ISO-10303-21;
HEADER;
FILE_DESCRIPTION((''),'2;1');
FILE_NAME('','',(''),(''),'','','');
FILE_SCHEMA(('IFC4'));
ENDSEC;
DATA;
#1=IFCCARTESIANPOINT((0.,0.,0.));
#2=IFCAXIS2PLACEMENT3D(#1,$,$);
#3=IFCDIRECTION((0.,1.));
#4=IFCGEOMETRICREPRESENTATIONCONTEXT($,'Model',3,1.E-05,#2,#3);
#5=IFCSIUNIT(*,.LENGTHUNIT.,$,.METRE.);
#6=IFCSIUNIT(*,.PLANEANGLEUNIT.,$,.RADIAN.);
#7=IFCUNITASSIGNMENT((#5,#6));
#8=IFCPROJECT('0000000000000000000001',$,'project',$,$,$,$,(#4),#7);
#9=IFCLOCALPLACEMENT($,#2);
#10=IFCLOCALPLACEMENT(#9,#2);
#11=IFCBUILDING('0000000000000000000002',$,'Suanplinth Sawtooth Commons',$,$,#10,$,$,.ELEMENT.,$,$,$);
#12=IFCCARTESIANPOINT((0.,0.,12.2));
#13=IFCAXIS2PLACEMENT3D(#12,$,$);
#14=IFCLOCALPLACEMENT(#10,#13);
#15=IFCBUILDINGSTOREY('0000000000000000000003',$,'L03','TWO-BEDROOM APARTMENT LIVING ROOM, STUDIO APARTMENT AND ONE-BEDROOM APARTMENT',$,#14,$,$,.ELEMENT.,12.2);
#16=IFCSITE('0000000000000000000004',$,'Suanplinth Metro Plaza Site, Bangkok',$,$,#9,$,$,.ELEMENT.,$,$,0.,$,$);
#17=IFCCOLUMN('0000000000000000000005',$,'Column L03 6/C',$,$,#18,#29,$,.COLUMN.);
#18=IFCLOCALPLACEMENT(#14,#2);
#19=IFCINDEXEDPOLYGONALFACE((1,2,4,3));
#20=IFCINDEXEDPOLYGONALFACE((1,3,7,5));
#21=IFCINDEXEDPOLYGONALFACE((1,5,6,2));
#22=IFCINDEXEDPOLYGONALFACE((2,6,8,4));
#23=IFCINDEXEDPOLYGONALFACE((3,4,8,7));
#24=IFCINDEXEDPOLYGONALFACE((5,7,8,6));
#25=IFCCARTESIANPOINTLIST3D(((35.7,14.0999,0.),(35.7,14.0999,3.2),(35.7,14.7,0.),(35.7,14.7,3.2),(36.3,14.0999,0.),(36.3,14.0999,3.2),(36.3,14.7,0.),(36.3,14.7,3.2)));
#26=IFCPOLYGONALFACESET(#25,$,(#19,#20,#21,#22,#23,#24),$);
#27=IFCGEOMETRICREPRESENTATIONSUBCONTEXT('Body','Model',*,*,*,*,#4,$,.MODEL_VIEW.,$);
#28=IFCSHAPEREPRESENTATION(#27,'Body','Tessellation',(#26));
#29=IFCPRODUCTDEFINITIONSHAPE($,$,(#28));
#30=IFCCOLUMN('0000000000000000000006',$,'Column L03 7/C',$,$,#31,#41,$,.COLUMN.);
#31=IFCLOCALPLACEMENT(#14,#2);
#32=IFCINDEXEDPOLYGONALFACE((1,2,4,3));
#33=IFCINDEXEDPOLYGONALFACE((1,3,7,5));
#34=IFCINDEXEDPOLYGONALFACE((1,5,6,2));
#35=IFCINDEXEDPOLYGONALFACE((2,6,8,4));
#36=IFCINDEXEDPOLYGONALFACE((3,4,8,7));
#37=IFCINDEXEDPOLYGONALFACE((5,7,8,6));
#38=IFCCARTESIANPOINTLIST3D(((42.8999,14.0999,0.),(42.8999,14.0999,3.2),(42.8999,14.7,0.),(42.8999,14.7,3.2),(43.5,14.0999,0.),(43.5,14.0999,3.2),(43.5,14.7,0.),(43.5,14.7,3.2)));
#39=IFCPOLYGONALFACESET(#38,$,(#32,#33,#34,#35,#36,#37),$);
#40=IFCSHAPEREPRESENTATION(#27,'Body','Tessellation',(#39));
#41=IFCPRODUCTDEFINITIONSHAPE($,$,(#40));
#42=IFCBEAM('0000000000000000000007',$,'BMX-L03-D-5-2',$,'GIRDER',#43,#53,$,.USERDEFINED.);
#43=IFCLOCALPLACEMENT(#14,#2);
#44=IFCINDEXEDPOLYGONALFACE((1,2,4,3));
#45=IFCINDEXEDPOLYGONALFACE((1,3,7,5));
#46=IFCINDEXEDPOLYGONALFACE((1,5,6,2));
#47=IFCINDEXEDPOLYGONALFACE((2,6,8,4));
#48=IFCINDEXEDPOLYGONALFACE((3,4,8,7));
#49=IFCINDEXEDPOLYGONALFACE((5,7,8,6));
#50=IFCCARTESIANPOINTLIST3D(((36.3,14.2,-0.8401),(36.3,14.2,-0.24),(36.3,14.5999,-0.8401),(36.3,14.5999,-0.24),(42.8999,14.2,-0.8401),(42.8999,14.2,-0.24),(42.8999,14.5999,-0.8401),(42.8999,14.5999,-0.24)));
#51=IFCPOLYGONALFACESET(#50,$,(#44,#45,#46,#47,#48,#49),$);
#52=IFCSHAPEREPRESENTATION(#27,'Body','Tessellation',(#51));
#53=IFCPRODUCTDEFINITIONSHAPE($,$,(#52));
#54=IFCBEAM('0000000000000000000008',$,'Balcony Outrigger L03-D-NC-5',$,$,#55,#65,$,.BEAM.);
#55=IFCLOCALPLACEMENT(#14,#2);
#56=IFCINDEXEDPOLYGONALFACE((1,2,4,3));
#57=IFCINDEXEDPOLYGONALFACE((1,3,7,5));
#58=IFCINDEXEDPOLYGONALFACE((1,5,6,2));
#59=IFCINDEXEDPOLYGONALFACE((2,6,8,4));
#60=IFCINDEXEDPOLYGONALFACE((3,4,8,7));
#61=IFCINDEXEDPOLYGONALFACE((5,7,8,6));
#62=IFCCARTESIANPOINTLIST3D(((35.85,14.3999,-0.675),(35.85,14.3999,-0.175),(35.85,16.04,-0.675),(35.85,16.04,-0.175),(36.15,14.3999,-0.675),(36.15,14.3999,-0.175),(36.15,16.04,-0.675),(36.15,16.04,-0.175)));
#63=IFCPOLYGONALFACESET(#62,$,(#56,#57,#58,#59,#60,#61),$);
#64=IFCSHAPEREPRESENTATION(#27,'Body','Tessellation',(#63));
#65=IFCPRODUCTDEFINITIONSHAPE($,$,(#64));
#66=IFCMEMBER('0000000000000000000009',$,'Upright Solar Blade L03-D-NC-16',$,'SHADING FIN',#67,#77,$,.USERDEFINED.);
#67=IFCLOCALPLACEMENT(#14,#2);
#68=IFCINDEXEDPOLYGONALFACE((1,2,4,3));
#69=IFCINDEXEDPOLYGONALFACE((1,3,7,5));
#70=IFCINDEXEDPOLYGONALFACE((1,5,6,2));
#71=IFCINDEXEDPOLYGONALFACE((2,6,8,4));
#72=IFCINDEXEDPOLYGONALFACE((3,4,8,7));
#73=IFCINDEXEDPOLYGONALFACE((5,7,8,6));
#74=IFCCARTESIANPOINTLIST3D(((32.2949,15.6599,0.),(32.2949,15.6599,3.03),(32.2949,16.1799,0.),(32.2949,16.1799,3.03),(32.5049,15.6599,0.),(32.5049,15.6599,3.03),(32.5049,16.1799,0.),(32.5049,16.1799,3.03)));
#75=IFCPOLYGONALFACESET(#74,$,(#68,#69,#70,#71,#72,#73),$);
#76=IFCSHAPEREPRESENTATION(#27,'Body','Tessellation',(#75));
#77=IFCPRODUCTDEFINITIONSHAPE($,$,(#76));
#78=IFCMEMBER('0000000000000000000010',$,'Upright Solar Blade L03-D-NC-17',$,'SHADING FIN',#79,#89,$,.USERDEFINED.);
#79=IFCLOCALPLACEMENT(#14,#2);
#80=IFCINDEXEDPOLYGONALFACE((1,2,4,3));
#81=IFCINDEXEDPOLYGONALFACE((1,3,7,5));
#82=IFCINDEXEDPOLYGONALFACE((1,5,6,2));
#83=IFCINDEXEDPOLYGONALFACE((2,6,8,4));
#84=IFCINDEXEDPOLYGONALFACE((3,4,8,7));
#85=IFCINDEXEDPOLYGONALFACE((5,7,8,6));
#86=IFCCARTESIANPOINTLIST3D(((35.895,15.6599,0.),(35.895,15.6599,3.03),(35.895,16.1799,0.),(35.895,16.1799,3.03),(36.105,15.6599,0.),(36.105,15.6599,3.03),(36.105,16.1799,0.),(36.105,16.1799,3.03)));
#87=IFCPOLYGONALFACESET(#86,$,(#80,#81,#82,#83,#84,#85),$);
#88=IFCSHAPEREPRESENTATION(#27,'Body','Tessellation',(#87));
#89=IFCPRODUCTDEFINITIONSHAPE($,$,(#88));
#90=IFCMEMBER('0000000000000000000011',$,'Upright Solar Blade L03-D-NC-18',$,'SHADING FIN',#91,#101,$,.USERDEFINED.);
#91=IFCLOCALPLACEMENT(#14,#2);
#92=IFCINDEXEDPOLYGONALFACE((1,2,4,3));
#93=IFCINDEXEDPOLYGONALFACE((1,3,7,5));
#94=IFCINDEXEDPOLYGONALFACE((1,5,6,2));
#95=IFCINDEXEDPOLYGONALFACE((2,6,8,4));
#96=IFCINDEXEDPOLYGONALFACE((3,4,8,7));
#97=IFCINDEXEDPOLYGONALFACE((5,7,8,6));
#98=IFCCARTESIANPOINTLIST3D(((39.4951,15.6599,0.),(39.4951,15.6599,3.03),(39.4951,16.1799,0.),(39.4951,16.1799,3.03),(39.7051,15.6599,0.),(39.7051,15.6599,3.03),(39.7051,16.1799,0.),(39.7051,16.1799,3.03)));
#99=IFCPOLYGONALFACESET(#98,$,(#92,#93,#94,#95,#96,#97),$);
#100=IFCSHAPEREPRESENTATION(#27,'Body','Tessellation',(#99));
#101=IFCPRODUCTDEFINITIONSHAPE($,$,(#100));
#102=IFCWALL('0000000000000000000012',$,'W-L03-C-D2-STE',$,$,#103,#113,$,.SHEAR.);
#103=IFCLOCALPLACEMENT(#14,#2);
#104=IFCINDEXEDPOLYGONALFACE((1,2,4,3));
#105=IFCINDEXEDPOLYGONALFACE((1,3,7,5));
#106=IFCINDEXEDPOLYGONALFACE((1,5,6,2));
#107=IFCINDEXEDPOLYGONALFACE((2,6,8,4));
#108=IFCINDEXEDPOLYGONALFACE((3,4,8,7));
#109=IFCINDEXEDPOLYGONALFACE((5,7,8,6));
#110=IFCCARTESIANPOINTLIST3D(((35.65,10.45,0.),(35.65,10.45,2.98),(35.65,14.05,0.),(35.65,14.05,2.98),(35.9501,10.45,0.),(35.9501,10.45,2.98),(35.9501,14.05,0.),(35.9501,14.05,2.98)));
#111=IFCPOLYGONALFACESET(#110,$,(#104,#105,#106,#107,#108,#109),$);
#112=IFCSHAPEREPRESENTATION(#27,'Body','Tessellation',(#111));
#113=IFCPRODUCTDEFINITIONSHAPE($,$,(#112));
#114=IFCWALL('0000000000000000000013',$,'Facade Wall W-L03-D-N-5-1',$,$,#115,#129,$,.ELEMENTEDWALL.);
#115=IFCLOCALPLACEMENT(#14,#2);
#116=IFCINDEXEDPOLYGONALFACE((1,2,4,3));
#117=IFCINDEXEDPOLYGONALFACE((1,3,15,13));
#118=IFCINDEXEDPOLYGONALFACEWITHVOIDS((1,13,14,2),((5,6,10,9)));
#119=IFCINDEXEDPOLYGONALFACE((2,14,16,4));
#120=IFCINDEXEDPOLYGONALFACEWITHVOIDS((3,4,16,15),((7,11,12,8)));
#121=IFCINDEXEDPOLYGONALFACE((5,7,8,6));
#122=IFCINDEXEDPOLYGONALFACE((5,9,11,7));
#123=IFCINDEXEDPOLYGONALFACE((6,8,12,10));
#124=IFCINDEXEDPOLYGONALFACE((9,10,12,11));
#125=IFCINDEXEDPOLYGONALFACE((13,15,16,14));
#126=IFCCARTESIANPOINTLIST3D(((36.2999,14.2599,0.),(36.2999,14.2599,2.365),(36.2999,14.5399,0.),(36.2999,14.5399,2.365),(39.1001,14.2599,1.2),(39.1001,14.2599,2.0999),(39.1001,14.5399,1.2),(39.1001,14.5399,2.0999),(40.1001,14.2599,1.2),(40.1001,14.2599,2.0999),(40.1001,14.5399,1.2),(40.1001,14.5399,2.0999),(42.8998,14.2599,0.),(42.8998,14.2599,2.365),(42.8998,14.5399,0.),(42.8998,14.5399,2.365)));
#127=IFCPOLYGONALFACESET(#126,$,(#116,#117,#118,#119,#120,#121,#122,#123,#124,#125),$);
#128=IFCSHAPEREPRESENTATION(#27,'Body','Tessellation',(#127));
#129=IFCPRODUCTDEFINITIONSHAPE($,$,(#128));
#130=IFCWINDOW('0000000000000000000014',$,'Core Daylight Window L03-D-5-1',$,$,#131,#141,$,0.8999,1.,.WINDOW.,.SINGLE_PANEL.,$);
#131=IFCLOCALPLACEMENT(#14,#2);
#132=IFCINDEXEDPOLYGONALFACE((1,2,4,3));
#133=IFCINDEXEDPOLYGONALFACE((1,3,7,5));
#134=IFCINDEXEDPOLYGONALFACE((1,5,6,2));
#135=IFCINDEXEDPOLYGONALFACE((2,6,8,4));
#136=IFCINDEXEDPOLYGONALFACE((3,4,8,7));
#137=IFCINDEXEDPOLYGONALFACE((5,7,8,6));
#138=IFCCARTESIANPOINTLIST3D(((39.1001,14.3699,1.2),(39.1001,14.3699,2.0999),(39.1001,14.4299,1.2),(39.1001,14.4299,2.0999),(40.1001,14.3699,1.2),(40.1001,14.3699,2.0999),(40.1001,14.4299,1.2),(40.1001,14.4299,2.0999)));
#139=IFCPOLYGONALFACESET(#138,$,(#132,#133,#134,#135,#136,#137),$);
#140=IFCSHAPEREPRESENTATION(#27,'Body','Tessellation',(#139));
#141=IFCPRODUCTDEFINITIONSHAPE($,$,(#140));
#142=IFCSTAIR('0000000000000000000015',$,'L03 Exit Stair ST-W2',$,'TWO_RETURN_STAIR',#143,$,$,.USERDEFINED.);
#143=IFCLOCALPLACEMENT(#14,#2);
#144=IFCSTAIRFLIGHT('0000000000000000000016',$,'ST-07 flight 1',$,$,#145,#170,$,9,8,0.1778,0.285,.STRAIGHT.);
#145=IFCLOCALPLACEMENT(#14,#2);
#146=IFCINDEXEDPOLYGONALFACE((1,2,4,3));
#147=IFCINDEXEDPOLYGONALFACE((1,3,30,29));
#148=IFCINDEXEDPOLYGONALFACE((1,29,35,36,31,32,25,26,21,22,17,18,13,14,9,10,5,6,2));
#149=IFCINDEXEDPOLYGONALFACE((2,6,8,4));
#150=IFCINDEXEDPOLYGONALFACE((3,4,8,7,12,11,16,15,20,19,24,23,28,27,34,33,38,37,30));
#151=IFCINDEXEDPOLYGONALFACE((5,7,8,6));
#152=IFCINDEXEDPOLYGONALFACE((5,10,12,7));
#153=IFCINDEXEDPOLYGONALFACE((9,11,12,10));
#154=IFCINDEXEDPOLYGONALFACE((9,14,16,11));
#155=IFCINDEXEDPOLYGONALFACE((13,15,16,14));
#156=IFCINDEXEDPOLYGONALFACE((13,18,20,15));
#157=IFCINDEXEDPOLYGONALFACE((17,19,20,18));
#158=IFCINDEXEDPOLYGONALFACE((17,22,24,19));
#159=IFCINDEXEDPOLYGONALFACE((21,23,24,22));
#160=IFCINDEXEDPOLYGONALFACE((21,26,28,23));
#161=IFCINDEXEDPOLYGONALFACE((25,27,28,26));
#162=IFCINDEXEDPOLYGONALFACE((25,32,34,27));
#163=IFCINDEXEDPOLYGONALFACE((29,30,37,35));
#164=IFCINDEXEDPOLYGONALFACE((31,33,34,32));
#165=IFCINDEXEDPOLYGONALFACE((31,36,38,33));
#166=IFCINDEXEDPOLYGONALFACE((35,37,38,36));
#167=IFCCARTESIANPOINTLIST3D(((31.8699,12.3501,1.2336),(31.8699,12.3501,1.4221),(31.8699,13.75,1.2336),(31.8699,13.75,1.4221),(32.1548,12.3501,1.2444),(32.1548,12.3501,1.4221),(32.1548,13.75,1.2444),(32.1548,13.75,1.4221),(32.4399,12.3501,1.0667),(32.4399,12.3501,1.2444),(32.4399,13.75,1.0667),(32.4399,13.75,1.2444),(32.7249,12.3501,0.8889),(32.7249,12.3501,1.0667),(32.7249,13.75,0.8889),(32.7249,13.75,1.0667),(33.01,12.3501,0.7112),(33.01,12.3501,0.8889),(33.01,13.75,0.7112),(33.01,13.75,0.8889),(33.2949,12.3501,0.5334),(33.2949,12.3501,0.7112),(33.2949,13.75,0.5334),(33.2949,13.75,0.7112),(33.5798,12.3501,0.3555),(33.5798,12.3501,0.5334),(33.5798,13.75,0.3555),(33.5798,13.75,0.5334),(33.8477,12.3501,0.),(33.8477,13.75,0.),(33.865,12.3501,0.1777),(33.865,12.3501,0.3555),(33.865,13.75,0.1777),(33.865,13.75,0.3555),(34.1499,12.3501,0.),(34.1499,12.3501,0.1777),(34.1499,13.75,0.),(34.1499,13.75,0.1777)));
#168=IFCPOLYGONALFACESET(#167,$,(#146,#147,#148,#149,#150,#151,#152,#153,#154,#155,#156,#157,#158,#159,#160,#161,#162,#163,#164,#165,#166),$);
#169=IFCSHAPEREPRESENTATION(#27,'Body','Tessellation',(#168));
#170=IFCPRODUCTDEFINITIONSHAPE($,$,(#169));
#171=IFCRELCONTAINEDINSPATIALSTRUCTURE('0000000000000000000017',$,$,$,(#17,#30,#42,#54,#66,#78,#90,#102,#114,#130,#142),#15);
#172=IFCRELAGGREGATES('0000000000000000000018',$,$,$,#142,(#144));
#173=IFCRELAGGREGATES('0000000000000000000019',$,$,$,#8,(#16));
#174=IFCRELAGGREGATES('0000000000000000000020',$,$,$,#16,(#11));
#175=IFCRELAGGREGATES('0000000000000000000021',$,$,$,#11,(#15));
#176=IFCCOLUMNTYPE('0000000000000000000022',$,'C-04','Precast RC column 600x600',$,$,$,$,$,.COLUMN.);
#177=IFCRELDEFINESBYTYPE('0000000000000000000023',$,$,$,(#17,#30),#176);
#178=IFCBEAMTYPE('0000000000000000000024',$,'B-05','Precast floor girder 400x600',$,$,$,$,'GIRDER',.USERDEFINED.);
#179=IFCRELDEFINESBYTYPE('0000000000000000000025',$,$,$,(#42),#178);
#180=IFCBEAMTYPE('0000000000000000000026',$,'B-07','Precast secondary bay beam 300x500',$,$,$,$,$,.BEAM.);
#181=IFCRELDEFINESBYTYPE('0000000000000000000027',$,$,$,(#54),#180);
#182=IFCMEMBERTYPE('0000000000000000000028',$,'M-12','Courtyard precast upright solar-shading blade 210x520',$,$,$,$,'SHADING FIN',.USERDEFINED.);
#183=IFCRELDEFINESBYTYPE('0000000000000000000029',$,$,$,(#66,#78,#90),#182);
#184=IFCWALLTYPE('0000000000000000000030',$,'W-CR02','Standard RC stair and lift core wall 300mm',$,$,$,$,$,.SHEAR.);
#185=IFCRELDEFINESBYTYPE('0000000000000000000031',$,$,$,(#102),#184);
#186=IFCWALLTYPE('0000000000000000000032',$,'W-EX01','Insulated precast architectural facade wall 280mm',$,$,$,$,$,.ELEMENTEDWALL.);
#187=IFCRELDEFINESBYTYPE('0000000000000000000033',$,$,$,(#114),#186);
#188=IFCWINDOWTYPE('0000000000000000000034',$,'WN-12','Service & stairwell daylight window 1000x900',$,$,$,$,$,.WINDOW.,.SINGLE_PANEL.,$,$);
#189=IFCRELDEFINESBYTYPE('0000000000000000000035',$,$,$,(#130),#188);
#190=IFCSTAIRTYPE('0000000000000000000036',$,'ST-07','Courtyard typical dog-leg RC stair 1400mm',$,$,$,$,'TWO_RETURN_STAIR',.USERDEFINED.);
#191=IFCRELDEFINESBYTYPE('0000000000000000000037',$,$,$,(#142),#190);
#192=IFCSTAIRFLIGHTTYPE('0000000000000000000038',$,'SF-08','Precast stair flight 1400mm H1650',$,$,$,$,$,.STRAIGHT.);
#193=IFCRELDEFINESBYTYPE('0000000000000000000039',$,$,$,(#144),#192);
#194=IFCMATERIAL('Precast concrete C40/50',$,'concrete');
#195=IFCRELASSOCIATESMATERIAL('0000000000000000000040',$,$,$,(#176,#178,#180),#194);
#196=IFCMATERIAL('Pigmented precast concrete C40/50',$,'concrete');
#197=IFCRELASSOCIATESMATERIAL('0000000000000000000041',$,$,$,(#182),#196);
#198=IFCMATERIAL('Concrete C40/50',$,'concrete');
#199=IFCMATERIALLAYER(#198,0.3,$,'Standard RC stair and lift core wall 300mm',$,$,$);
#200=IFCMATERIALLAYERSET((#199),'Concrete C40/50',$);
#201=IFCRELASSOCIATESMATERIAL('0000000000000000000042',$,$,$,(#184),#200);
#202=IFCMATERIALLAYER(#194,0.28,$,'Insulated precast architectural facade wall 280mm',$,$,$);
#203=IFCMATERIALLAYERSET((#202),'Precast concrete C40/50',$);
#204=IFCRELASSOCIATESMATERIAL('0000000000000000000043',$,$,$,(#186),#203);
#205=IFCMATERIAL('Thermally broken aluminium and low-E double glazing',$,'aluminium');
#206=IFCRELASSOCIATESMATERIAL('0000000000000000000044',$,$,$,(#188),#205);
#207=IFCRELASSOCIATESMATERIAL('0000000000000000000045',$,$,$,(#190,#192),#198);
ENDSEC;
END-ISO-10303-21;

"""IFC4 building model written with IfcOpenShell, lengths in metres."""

from ifc_helpers import new_model, si_unit, direction, frame, frame_2d, origin, origin_2d, place, context, subcontext, project, spatial, polyline, rectangle, outline, extrude, material, layer, layer_set, material_profile, profile_set, type_object, element, fill, aggregate, save


model = new_model("IFC4")

# Units and contexts
model_context = context("Model", 3, precision=1e-05, world=origin(), true_north=direction((0.0, 1.0)))
body_context = subcontext(model_context, "Body", "Model", "MODEL_VIEW")
ifc_project = project(units=[si_unit("LENGTHUNIT", "METRE"), si_unit("PLANEANGLEUNIT", "RADIAN")], contexts=[model_context])

# Site, building, storey
site_placement = place(None, origin())
site = spatial("IfcSite", under=ifc_project, at=site_placement, Name="Suanplinth Metro Plaza Site, Bangkok", CompositionType="ELEMENT", RefElevation=0.0)
building_placement = place(site_placement, origin())
building = spatial("IfcBuilding", under=site, at=building_placement, Name="Suanplinth Sawtooth Commons", CompositionType="ELEMENT")
storey_placement = place(building_placement, frame((0.0, 0.0, 12.2)))
storey = spatial("IfcBuildingStorey", under=building, at=storey_placement, Name="L03", Description="TWO-BEDROOM APARTMENT LIVING ROOM, STUDIO APARTMENT AND ONE-BEDROOM APARTMENT", CompositionType="ELEMENT", Elevation=12.2)

# Columns
ifc_material_1 = material(Name="Precast concrete C40/50", Category="concrete")
ifc_material_profile_1 = material_profile(ifc_material_1, rectangle(XDim=0.6001, YDim=0.6001, at=origin_2d()), Name="PC-COL 600x600")
ifc_profile_set_1 = profile_set([ifc_material_profile_1], Name="Precast concrete C40/50")
column_type = type_object("IfcColumnType", Name="C-04", Description="Precast RC column 600x600", PredefinedType="COLUMN", material=ifc_profile_set_1)
for number, where, z_axis, x_axis, name in (
    (1, (36.0, 14.3999, 0.0), (0.0, 0.0, 1.0), (1.0, 0.0, 0.0), "Column L03 6/C"),
    (2, (43.2, 14.3999, 0.0), (0.0, 0.0, 1.0), (1.0, 0.0, 0.0), "Column L03 7/C"),
):
    element("IfcColumn", number, at=place(storey_placement, frame(where, z_axis=z_axis, x_axis=x_axis)), inside=storey, type_object=column_type, Name=name, PredefinedType="COLUMN", context=body_context, shape_type="SweptSolid", body=[
        extrude(rectangle(XDim=0.6001, YDim=0.6001, at=origin_2d()), origin(), (0.0, 0.0, 1.0), 3.2),
    ])

# Beams
ifc_material_profile_2 = material_profile(ifc_material_1, rectangle(XDim=0.3999, YDim=0.6001, at=origin_2d()), Name="PC-GDR 400x600")
ifc_profile_set_2 = profile_set([ifc_material_profile_2], Name="Precast concrete C40/50")
beam_type_1 = type_object("IfcBeamType", Name="B-05", Description="Precast floor girder 400x600", ElementType="GIRDER", PredefinedType="USERDEFINED", material=ifc_profile_set_2)
beam_1_placement = place(storey_placement, frame((36.3, 14.3999, -0.54), z_axis=(1.0, 0.0, 0.0), x_axis=(0.0, 1.0, 0.0)))
element("IfcBeam", 3, at=beam_1_placement, inside=storey, type_object=beam_type_1, Name="BMX-L03-D-5-2", ObjectType="GIRDER", PredefinedType="USERDEFINED", context=body_context, shape_type="SweptSolid", body=[
    extrude(rectangle(XDim=0.3999, YDim=0.6001, at=origin_2d()), origin(), (0.0, 0.0, 1.0), 6.5999),
])
ifc_material_profile_3 = material_profile(ifc_material_1, rectangle(XDim=0.3, YDim=0.5, at=origin_2d()), Name="PC-BM 300x500")
ifc_profile_set_3 = profile_set([ifc_material_profile_3], Name="Precast concrete C40/50")
beam_type_2 = type_object("IfcBeamType", Name="B-07", Description="Precast secondary bay beam 300x500", PredefinedType="BEAM", material=ifc_profile_set_3)
beam_2_placement = place(storey_placement, frame((36.0, 14.3999, -0.425), z_axis=(0.0, 1.0, 0.0), x_axis=(-1.0, 0.0, 0.0)))
element("IfcBeam", 4, at=beam_2_placement, inside=storey, type_object=beam_type_2, Name="Balcony Outrigger L03-D-NC-5", PredefinedType="BEAM", context=body_context, shape_type="SweptSolid", body=[
    extrude(rectangle(XDim=0.3, YDim=0.5, at=origin_2d()), origin(), (0.0, 0.0, 1.0), 1.6401),
])

# Members
ifc_material_2 = material(Name="Pigmented precast concrete C40/50", Category="concrete")
ifc_material_profile_4 = material_profile(ifc_material_2, rectangle(XDim=0.21, YDim=0.52, at=origin_2d()), Name="PC-FIN 210x520")
ifc_profile_set_4 = profile_set([ifc_material_profile_4], Name="Pigmented precast concrete C40/50")
member_type = type_object("IfcMemberType", Name="M-12", Description="Courtyard precast upright solar-shading blade 210x520", ElementType="SHADING FIN", PredefinedType="USERDEFINED", material=ifc_profile_set_4)
for number, where, z_axis, x_axis, name in (
    (5, (32.3999, 15.9199, 0.0), (0.0, 0.0, 1.0), (1.0, 0.0, 0.0), "Upright Solar Blade L03-D-NC-16"),
    (6, (36.0, 15.9199, 0.0), (0.0, 0.0, 1.0), (1.0, 0.0, 0.0), "Upright Solar Blade L03-D-NC-17"),
    (7, (39.6001, 15.9199, 0.0), (0.0, 0.0, 1.0), (1.0, 0.0, 0.0), "Upright Solar Blade L03-D-NC-18"),
):
    element("IfcMember", number, at=place(storey_placement, frame(where, z_axis=z_axis, x_axis=x_axis)), inside=storey, type_object=member_type, Name=name, ObjectType="SHADING FIN", PredefinedType="USERDEFINED", context=body_context, shape_type="SweptSolid", body=[
        extrude(rectangle(XDim=0.21, YDim=0.52, at=origin_2d()), origin(), (0.0, 0.0, 1.0), 3.03),
    ])

# Wall
ifc_material_3 = material(Name="Concrete C40/50", Category="concrete")
ifc_layer_1 = layer(ifc_material_3, 0.3, Name="Standard RC stair and lift core wall 300mm")
ifc_layer_set_1 = layer_set([ifc_layer_1], Name="Concrete C40/50")
wall_type_1 = type_object("IfcWallType", Name="W-CR02", Description="Standard RC stair and lift core wall 300mm", PredefinedType="SHEAR", material=ifc_layer_set_1)
wall_1_placement = place(storey_placement, frame((35.8, 10.45, 0.0), z_axis=(0.0, 0.0, 1.0), x_axis=(0.0, 1.0, 0.0)))
element("IfcWall", 8, at=wall_1_placement, inside=storey, type_object=wall_type_1, Name="W-L03-C-D2-STE", PredefinedType="SHEAR", context=body_context, shape_type="SweptSolid", body=[
    extrude(rectangle(XDim=3.6001, YDim=0.3, at=frame_2d((1.8, 0.0))), origin(), (0.0, 0.0, 1.0), 2.98),
])

# Wall, opening, window
ifc_layer_2 = layer(ifc_material_1, 0.28, Name="Insulated precast architectural facade wall 280mm")
ifc_layer_set_2 = layer_set([ifc_layer_2], Name="Precast concrete C40/50")
wall_type_2 = type_object("IfcWallType", Name="W-EX01", Description="Insulated precast architectural facade wall 280mm", PredefinedType="ELEMENTEDWALL", material=ifc_layer_set_2)
wall_2_placement = place(storey_placement, frame((36.3, 14.3999, 0.0), z_axis=(0.0, 0.0, 1.0), x_axis=(1.0, 0.0, 0.0)))
wall_2 = element("IfcWall", 9, at=wall_2_placement, inside=storey, type_object=wall_type_2, Name="Facade Wall W-L03-D-N-5-1", PredefinedType="ELEMENTEDWALL", context=body_context, shape_type="SweptSolid", body=[
    extrude(rectangle(XDim=6.5999, YDim=0.28, at=frame_2d((3.2998, 0.0))), origin(), (0.0, 0.0, 1.0), 2.365),
])
opening_placement = place(wall_2_placement, frame((2.8, 0.0, 1.2)))
opening = element("IfcOpeningElement", 10, at=opening_placement, cuts=wall_2, PredefinedType="OPENING", context=body_context, shape_type="SweptSolid", body=[
    extrude(rectangle(XDim=1.0, YDim=0.8999, at=frame_2d((0.5, 0.45))), frame((0.0, 0.1548, 0.0), z_axis=(0.0, -1.0, 0.0), x_axis=(1.0, 0.0, 0.0)), (0.0, 0.0, 1.0), 0.3098),
])
ifc_material_4 = material(Name="Thermally broken aluminium and low-E double glazing", Category="aluminium")
window_type = type_object("IfcWindowType", Name="WN-12", Description="Service & stairwell daylight window 1000x900", PartitioningType="SINGLE_PANEL", PredefinedType="WINDOW", material=ifc_material_4)
window_placement = place(opening_placement, origin())
window = element("IfcWindow", 11, at=window_placement, inside=storey, type_object=window_type, Name="Core Daylight Window L03-D-5-1", OverallHeight=0.8999, OverallWidth=1.0, PartitioningType="SINGLE_PANEL", PredefinedType="WINDOW", context=body_context, shape_type="SweptSolid", body=[
    extrude(rectangle(XDim=1.0, YDim=0.8999, at=frame_2d((0.5, 0.45))), frame((0.0, 0.03, 0.0), z_axis=(0.0, -1.0, 0.0), x_axis=(1.0, 0.0, 0.0)), (0.0, 0.0, 1.0), 0.0601),
])
fill(opening, window)

# Stair, stair flight
stair_type = type_object("IfcStairType", Name="ST-07", Description="Courtyard typical dog-leg RC stair 1400mm", ElementType="TWO_RETURN_STAIR", PredefinedType="USERDEFINED", material=ifc_material_3)
stair_placement = place(storey_placement, origin())
stair = element("IfcStair", 12, at=stair_placement, inside=storey, type_object=stair_type, Name="L03 Exit Stair ST-W2", ObjectType="TWO_RETURN_STAIR", PredefinedType="USERDEFINED")
stair_flight_type = type_object("IfcStairFlightType", Name="SF-08", Description="Precast stair flight 1400mm H1650", PredefinedType="STRAIGHT", material=ifc_material_3)
stair_flight_placement = place(storey_placement, frame((34.1499, 13.05, 0.0), z_axis=(0.0, 0.0, 1.0), x_axis=(-1.0, 0.0, 0.0)))
stair_flight = element("IfcStairFlight", 13, at=stair_flight_placement, type_object=stair_flight_type, Name="ST-07 flight 1", NumberOfRisers=9, NumberOfTreads=8, PredefinedType="STRAIGHT", RiserHeight=0.1778, TreadLength=0.285, context=body_context, shape_type="SweptSolid", body=[
    extrude(outline(polyline([(0.0, 0.0), (0.0, 0.1777), (0.2849, 0.1777), (0.2849, 0.3555), (0.5701, 0.3555), (0.5701, 0.5334), (0.855, 0.5334), (0.855, 0.7112), (1.1399, 0.7112), (1.1399, 0.8889), (1.425, 0.8889), (1.425, 1.0667), (1.71, 1.0667), (1.71, 1.2444), (1.9951, 1.2444), (1.9951, 1.4221), (2.28, 1.4221), (2.28, 1.6001), (2.28, 1.2336), (0.3022, 0.0), (0.0, 0.0)])), frame((0.0, 0.7, 0.0), z_axis=(0.0, -1.0, 0.0), x_axis=(1.0, 0.0, 0.0)), (0.0, 0.0, 1.0), 1.3999),
])
aggregate(stair, [stair_flight])

save(model, "model.ifc")
